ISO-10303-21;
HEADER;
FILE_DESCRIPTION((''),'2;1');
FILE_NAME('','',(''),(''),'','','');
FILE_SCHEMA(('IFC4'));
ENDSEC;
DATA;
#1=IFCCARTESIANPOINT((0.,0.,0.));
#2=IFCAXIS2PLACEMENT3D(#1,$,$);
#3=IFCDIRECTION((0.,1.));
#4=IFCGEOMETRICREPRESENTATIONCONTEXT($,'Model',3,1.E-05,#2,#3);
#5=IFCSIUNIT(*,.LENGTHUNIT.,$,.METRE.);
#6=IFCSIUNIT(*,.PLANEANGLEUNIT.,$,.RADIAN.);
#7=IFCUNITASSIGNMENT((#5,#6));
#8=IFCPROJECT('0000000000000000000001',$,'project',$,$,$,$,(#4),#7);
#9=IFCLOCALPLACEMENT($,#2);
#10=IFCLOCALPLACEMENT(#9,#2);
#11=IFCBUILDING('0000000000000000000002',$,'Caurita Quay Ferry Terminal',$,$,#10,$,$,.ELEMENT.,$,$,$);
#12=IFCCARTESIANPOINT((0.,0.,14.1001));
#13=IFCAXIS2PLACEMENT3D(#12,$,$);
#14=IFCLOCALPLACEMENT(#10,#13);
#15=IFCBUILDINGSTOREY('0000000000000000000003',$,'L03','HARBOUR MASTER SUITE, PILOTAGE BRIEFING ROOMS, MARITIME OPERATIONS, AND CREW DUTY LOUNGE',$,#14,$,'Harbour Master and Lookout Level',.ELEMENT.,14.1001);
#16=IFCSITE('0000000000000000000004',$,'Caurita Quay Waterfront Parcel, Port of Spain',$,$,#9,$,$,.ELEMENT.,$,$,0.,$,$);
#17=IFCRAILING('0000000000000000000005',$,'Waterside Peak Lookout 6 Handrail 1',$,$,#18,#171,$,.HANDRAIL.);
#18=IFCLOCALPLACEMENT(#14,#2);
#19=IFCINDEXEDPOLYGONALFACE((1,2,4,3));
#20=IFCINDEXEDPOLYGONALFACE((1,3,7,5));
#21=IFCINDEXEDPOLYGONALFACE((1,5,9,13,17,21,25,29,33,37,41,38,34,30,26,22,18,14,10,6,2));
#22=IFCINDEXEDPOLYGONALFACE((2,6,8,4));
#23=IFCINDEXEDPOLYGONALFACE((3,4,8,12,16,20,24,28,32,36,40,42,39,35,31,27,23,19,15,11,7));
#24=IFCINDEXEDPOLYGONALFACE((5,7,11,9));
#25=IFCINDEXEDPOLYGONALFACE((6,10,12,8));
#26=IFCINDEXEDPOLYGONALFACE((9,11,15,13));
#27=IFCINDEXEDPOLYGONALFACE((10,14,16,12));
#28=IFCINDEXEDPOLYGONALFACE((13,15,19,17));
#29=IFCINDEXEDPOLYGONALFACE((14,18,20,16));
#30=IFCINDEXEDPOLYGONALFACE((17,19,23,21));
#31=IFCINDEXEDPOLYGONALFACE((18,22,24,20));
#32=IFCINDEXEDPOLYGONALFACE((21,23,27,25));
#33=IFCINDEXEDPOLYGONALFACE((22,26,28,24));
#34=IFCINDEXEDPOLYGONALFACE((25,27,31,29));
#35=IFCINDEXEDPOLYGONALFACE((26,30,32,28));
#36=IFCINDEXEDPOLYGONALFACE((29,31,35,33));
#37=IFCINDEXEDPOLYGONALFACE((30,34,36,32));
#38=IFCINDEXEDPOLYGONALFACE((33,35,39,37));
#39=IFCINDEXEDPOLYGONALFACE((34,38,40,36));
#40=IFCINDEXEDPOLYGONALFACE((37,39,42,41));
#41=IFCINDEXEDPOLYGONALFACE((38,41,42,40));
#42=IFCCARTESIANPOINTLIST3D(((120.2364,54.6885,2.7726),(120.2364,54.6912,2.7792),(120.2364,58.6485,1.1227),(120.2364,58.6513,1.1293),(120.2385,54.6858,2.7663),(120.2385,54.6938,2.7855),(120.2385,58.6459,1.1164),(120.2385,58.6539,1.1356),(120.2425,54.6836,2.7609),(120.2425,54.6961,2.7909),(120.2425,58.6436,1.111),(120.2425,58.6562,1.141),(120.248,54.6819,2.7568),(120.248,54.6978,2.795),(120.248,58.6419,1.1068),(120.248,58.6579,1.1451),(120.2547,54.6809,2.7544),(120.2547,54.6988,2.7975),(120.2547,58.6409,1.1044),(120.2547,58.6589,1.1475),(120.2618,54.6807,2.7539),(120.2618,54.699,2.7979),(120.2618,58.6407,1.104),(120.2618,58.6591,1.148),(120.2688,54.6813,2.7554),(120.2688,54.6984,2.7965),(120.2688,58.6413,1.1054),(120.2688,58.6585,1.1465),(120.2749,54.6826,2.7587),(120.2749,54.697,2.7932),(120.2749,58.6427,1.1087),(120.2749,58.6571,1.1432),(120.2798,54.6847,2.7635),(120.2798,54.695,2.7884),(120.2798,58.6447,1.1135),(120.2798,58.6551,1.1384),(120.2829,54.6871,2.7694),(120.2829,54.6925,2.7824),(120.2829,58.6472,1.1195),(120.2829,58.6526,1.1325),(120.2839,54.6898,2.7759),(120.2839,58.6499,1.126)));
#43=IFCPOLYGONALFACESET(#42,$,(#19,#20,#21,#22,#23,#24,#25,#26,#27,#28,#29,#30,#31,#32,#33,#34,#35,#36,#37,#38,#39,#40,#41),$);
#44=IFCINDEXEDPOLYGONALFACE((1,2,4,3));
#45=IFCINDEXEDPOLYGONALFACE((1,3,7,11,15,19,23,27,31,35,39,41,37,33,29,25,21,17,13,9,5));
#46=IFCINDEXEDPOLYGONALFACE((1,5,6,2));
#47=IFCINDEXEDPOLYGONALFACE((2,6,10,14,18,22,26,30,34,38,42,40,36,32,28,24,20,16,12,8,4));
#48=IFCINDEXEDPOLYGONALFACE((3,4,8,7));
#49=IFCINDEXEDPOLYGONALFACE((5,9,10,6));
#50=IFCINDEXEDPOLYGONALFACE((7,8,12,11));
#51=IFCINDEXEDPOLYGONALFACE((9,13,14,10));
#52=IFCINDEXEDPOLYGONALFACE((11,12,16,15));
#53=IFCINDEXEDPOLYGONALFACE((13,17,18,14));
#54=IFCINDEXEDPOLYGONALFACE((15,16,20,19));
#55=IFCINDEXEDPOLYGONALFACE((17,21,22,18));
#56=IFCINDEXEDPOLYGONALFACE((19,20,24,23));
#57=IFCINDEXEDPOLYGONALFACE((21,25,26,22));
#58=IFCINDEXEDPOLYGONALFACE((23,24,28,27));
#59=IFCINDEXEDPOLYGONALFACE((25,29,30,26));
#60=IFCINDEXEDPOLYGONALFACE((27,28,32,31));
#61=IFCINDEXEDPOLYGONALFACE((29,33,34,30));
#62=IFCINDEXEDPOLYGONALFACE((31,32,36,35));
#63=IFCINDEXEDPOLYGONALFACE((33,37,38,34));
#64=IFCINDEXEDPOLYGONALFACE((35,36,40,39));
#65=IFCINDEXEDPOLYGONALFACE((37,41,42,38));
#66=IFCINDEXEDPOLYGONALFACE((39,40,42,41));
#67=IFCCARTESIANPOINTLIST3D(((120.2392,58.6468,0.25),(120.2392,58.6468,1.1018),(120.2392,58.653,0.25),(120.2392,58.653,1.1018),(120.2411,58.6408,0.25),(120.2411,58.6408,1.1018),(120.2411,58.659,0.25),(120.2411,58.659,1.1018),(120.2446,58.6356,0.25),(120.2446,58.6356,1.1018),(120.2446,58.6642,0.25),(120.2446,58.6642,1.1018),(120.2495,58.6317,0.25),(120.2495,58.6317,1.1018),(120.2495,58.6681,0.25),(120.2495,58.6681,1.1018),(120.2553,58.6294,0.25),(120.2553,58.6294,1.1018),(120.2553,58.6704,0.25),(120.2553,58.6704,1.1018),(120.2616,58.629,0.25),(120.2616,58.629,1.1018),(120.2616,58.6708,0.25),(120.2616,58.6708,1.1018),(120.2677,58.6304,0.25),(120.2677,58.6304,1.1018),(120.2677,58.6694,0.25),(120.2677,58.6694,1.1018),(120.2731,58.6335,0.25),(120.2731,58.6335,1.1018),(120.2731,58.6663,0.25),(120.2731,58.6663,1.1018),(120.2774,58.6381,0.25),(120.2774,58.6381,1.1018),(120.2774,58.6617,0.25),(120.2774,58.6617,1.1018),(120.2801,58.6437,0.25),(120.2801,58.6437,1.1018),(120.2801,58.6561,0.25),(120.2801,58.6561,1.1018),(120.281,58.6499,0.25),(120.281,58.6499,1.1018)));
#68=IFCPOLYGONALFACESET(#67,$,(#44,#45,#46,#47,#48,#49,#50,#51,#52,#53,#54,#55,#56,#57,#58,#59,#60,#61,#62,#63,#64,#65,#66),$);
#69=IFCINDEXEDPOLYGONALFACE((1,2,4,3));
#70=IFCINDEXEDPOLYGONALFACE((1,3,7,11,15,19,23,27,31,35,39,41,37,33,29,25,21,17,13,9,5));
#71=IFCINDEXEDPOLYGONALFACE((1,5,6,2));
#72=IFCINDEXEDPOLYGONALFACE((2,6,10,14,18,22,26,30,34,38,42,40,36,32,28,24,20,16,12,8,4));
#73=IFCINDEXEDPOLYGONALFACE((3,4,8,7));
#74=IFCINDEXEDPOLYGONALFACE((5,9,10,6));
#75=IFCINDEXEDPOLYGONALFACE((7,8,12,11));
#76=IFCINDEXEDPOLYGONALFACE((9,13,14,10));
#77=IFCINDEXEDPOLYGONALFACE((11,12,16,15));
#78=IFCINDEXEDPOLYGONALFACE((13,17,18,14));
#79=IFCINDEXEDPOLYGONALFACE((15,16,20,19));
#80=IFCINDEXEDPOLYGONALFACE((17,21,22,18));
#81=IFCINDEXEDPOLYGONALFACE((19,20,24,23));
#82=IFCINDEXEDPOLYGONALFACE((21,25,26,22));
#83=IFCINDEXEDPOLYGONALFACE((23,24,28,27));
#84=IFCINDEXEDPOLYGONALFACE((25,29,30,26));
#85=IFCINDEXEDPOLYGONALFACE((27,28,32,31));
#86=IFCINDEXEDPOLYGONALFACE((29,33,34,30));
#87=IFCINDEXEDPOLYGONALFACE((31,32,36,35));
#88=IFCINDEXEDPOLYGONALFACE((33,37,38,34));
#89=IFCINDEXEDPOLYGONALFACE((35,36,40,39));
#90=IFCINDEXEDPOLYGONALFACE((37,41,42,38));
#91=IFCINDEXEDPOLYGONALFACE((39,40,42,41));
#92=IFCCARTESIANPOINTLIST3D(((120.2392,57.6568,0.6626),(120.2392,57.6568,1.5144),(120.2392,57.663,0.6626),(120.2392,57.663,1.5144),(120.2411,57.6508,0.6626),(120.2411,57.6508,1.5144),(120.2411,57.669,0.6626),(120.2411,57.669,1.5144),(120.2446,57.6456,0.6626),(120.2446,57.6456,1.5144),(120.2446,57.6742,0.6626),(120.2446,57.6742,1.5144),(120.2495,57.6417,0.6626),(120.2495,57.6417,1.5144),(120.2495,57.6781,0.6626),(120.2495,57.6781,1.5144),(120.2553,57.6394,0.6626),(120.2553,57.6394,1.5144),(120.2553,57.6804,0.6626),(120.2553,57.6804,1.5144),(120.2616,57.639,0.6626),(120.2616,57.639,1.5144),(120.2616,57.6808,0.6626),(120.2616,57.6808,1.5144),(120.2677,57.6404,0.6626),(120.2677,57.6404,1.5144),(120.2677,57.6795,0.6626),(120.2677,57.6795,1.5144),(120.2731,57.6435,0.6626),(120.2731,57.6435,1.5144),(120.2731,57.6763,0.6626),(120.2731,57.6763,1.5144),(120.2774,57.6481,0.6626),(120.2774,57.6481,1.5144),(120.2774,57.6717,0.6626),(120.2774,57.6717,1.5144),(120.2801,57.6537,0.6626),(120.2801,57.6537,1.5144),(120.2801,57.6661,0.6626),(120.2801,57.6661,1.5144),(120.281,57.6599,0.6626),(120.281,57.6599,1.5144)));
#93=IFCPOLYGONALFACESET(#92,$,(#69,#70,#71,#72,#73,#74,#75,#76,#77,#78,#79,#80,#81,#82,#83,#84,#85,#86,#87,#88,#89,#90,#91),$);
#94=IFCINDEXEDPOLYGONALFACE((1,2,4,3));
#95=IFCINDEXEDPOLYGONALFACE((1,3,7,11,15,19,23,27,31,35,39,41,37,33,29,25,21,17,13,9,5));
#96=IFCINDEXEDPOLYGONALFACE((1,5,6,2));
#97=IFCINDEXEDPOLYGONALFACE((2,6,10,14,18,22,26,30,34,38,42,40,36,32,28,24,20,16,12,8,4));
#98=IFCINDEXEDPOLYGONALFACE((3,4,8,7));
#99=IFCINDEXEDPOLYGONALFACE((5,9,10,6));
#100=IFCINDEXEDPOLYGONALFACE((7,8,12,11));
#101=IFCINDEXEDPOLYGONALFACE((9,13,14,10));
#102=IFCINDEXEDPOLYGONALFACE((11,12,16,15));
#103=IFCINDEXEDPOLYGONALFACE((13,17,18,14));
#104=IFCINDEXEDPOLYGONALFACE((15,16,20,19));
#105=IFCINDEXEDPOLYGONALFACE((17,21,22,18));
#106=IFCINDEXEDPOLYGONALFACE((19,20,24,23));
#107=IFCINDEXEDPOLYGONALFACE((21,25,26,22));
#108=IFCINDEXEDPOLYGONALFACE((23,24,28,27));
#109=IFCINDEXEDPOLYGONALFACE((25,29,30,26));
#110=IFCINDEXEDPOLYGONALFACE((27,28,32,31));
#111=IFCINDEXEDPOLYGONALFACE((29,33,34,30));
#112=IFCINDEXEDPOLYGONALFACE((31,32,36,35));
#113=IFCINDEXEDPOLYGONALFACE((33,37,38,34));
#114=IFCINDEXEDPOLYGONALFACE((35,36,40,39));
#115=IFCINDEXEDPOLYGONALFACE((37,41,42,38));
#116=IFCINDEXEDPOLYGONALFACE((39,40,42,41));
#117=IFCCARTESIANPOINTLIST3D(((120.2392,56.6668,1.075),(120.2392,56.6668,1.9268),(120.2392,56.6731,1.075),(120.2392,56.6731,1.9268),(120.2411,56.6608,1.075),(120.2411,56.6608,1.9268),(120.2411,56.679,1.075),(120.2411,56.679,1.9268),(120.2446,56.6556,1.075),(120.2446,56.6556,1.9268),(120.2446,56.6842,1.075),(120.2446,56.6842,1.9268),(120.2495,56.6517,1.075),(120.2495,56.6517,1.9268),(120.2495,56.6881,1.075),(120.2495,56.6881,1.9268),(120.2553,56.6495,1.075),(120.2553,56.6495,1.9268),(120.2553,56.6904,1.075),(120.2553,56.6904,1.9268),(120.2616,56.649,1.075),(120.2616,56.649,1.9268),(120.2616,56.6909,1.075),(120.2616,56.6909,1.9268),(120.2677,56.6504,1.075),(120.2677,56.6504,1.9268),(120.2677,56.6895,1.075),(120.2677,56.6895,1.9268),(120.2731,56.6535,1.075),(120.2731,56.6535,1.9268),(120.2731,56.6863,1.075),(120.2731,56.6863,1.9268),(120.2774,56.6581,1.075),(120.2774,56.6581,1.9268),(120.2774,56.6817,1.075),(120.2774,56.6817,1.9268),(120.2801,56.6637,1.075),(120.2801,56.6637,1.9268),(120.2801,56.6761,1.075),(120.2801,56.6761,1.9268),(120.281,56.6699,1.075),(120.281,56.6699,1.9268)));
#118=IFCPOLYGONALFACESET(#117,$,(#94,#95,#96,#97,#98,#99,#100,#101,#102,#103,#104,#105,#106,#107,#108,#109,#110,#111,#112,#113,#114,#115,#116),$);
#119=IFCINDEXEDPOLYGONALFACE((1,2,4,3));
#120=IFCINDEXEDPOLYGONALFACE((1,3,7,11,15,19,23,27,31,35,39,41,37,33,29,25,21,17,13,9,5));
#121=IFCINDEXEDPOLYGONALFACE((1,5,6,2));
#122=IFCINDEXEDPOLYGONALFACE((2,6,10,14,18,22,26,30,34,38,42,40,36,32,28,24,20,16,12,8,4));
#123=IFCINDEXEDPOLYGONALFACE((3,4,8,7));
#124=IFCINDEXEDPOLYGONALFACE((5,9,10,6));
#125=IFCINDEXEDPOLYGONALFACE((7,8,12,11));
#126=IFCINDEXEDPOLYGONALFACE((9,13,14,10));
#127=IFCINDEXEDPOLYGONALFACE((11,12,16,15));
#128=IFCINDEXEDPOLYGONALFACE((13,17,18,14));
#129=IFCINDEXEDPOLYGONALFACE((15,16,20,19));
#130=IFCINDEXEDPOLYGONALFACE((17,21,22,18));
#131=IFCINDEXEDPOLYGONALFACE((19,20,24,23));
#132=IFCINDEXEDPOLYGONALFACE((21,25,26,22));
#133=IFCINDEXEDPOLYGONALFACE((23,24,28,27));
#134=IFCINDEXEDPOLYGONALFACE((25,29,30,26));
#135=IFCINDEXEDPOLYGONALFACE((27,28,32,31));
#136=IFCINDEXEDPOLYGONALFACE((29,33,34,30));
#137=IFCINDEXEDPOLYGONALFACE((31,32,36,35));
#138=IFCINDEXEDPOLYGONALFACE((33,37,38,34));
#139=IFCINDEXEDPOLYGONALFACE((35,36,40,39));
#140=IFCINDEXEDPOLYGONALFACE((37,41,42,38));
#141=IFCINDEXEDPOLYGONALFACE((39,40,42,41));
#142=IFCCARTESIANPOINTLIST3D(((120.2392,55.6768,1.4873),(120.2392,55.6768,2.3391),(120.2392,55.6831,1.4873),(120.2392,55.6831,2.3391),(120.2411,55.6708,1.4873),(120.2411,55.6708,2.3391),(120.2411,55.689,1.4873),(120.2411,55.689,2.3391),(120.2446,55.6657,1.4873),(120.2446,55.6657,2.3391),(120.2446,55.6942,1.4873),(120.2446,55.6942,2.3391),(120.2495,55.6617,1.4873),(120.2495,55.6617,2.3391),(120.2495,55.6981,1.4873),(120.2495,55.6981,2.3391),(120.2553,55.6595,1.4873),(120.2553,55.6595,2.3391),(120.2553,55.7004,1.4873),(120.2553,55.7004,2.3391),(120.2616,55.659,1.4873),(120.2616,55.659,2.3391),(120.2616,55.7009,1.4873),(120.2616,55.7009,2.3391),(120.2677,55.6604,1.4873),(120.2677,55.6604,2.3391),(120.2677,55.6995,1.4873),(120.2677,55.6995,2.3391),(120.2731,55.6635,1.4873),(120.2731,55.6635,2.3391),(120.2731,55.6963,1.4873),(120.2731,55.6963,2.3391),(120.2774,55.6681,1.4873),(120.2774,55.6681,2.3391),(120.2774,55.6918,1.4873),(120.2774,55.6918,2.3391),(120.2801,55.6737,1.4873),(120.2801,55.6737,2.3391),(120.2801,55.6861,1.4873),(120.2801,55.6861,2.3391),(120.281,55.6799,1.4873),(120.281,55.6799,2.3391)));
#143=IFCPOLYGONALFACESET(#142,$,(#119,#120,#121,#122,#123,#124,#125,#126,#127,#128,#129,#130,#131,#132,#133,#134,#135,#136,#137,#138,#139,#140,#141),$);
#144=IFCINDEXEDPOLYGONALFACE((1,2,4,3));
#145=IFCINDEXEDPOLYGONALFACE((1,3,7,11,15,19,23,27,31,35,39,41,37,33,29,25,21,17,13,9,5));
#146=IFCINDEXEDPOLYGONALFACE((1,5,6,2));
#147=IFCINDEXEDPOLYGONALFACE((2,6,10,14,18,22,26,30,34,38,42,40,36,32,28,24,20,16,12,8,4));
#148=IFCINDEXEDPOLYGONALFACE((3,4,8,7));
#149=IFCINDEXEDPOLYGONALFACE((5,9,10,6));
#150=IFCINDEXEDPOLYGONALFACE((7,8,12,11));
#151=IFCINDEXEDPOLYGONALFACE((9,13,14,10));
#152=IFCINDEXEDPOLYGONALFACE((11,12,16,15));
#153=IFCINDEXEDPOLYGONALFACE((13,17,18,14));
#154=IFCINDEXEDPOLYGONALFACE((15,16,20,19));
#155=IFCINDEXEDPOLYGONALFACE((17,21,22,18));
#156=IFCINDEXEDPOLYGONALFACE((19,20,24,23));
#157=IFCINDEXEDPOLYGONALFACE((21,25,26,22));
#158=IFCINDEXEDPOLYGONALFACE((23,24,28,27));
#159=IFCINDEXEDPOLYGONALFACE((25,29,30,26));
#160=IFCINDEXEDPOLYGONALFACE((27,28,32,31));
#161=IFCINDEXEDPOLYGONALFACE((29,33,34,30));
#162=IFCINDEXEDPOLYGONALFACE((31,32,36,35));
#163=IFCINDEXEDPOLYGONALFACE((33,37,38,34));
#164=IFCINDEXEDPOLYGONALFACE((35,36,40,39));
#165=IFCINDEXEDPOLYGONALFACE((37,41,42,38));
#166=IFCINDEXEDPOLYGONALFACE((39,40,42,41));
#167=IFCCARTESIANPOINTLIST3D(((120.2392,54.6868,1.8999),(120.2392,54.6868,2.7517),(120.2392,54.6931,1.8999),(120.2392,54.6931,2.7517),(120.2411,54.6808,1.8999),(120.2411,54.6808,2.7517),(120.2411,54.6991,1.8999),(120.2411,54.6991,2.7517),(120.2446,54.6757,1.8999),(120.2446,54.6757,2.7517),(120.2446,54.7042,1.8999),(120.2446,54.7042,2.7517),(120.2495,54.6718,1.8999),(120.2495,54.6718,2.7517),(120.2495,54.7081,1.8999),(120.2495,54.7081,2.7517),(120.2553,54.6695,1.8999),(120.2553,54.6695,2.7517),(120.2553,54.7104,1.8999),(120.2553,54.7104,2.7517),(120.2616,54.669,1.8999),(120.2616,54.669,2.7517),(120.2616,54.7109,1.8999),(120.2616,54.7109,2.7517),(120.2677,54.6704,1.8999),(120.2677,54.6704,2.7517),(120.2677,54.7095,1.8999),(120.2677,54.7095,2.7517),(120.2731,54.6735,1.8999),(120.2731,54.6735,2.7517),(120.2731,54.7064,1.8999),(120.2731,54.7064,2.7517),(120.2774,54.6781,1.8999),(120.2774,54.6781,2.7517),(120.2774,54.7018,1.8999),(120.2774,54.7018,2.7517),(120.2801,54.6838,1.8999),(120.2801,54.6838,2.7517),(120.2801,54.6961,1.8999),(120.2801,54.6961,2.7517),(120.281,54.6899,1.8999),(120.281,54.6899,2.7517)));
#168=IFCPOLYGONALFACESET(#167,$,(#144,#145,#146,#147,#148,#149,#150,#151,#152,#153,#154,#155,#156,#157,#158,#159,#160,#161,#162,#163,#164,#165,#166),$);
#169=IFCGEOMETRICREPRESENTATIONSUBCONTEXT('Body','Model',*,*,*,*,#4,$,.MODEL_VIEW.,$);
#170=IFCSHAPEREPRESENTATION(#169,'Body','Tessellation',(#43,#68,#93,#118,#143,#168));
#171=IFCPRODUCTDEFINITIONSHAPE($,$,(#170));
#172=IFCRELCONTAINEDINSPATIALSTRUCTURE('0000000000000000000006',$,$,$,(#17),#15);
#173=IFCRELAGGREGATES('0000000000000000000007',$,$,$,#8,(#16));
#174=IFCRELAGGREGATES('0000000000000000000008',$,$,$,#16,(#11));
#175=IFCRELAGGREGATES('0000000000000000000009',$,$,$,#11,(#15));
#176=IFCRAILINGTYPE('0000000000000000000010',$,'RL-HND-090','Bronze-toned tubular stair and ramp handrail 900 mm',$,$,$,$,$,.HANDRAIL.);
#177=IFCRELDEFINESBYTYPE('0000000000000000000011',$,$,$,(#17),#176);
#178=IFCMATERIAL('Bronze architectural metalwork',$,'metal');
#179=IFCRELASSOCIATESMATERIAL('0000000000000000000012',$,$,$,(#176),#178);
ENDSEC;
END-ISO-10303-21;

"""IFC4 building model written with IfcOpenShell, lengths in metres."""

from ifc_helpers import new_model, si_unit, direction, frame, origin, origin_2d, place, context, subcontext, project, spatial, circle, extrude, material, type_object, element, save


model = new_model("IFC4")

# Units and contexts
model_context = context("Model", 3, precision=1e-05, world=origin(), true_north=direction((0.0, 1.0)))
body_context = subcontext(model_context, "Body", "Model", "MODEL_VIEW")
ifc_project = project(units=[si_unit("LENGTHUNIT", "METRE"), si_unit("PLANEANGLEUNIT", "RADIAN")], contexts=[model_context])

# Site, building, storey
site_placement = place(None, origin())
site = spatial("IfcSite", under=ifc_project, at=site_placement, Name="Caurita Quay Waterfront Parcel, Port of Spain", CompositionType="ELEMENT", RefElevation=0.0)
building_placement = place(site_placement, origin())
building = spatial("IfcBuilding", under=site, at=building_placement, Name="Caurita Quay Ferry Terminal", CompositionType="ELEMENT")
storey_placement = place(building_placement, frame((0.0, 0.0, 14.1001)))
storey = spatial("IfcBuildingStorey", under=building, at=storey_placement, Name="L03", Description="HARBOUR MASTER SUITE, PILOTAGE BRIEFING ROOMS, MARITIME OPERATIONS, AND CREW DUTY LOUNGE", LongName="Harbour Master and Lookout Level", CompositionType="ELEMENT", Elevation=14.1001)

# Railing
ifc_material_1 = material(Name="Bronze architectural metalwork", Category="metal")
railing_type_1 = type_object("IfcRailingType", Name="RL-HND-090", Description="Bronze-toned tubular stair and ramp handrail 900 mm", PredefinedType="HANDRAIL", material=ifc_material_1)
railing_1_placement = place(storey_placement, frame((120.26, 58.6499, 0.25)))
element("IfcRailing", 1, at=railing_1_placement, inside=storey, type_object=railing_type_1, Name="Waterside Peak Lookout 6 Handrail 1", PredefinedType="HANDRAIL", context=body_context, shape_type="SweptSolid", body=[
    extrude(circle(Radius=0.0239, at=origin_2d()), frame((0.0, 0.0, 0.876), z_axis=(0.0, -0.923084, 0.384599), x_axis=(1.0, 0.0, 0.0)), (0.0, 0.0, 1.0), 4.29),
    extrude(circle(Radius=0.021, at=origin_2d()), origin(), (0.0, 0.0, 1.0), 0.8518),
    extrude(circle(Radius=0.021, at=origin_2d()), frame((0.0, -0.99, 0.4126)), (0.0, 0.0, 1.0), 0.8518),
    extrude(circle(Radius=0.021, at=origin_2d()), frame((0.0, -1.98, 0.825)), (0.0, 0.0, 1.0), 0.8518),
    extrude(circle(Radius=0.021, at=origin_2d()), frame((0.0, -2.97, 1.2373)), (0.0, 0.0, 1.0), 0.8518),
    extrude(circle(Radius=0.021, at=origin_2d()), frame((0.0, -3.96, 1.6499)), (0.0, 0.0, 1.0), 0.8518),
])

save(model, "model.ifc")
